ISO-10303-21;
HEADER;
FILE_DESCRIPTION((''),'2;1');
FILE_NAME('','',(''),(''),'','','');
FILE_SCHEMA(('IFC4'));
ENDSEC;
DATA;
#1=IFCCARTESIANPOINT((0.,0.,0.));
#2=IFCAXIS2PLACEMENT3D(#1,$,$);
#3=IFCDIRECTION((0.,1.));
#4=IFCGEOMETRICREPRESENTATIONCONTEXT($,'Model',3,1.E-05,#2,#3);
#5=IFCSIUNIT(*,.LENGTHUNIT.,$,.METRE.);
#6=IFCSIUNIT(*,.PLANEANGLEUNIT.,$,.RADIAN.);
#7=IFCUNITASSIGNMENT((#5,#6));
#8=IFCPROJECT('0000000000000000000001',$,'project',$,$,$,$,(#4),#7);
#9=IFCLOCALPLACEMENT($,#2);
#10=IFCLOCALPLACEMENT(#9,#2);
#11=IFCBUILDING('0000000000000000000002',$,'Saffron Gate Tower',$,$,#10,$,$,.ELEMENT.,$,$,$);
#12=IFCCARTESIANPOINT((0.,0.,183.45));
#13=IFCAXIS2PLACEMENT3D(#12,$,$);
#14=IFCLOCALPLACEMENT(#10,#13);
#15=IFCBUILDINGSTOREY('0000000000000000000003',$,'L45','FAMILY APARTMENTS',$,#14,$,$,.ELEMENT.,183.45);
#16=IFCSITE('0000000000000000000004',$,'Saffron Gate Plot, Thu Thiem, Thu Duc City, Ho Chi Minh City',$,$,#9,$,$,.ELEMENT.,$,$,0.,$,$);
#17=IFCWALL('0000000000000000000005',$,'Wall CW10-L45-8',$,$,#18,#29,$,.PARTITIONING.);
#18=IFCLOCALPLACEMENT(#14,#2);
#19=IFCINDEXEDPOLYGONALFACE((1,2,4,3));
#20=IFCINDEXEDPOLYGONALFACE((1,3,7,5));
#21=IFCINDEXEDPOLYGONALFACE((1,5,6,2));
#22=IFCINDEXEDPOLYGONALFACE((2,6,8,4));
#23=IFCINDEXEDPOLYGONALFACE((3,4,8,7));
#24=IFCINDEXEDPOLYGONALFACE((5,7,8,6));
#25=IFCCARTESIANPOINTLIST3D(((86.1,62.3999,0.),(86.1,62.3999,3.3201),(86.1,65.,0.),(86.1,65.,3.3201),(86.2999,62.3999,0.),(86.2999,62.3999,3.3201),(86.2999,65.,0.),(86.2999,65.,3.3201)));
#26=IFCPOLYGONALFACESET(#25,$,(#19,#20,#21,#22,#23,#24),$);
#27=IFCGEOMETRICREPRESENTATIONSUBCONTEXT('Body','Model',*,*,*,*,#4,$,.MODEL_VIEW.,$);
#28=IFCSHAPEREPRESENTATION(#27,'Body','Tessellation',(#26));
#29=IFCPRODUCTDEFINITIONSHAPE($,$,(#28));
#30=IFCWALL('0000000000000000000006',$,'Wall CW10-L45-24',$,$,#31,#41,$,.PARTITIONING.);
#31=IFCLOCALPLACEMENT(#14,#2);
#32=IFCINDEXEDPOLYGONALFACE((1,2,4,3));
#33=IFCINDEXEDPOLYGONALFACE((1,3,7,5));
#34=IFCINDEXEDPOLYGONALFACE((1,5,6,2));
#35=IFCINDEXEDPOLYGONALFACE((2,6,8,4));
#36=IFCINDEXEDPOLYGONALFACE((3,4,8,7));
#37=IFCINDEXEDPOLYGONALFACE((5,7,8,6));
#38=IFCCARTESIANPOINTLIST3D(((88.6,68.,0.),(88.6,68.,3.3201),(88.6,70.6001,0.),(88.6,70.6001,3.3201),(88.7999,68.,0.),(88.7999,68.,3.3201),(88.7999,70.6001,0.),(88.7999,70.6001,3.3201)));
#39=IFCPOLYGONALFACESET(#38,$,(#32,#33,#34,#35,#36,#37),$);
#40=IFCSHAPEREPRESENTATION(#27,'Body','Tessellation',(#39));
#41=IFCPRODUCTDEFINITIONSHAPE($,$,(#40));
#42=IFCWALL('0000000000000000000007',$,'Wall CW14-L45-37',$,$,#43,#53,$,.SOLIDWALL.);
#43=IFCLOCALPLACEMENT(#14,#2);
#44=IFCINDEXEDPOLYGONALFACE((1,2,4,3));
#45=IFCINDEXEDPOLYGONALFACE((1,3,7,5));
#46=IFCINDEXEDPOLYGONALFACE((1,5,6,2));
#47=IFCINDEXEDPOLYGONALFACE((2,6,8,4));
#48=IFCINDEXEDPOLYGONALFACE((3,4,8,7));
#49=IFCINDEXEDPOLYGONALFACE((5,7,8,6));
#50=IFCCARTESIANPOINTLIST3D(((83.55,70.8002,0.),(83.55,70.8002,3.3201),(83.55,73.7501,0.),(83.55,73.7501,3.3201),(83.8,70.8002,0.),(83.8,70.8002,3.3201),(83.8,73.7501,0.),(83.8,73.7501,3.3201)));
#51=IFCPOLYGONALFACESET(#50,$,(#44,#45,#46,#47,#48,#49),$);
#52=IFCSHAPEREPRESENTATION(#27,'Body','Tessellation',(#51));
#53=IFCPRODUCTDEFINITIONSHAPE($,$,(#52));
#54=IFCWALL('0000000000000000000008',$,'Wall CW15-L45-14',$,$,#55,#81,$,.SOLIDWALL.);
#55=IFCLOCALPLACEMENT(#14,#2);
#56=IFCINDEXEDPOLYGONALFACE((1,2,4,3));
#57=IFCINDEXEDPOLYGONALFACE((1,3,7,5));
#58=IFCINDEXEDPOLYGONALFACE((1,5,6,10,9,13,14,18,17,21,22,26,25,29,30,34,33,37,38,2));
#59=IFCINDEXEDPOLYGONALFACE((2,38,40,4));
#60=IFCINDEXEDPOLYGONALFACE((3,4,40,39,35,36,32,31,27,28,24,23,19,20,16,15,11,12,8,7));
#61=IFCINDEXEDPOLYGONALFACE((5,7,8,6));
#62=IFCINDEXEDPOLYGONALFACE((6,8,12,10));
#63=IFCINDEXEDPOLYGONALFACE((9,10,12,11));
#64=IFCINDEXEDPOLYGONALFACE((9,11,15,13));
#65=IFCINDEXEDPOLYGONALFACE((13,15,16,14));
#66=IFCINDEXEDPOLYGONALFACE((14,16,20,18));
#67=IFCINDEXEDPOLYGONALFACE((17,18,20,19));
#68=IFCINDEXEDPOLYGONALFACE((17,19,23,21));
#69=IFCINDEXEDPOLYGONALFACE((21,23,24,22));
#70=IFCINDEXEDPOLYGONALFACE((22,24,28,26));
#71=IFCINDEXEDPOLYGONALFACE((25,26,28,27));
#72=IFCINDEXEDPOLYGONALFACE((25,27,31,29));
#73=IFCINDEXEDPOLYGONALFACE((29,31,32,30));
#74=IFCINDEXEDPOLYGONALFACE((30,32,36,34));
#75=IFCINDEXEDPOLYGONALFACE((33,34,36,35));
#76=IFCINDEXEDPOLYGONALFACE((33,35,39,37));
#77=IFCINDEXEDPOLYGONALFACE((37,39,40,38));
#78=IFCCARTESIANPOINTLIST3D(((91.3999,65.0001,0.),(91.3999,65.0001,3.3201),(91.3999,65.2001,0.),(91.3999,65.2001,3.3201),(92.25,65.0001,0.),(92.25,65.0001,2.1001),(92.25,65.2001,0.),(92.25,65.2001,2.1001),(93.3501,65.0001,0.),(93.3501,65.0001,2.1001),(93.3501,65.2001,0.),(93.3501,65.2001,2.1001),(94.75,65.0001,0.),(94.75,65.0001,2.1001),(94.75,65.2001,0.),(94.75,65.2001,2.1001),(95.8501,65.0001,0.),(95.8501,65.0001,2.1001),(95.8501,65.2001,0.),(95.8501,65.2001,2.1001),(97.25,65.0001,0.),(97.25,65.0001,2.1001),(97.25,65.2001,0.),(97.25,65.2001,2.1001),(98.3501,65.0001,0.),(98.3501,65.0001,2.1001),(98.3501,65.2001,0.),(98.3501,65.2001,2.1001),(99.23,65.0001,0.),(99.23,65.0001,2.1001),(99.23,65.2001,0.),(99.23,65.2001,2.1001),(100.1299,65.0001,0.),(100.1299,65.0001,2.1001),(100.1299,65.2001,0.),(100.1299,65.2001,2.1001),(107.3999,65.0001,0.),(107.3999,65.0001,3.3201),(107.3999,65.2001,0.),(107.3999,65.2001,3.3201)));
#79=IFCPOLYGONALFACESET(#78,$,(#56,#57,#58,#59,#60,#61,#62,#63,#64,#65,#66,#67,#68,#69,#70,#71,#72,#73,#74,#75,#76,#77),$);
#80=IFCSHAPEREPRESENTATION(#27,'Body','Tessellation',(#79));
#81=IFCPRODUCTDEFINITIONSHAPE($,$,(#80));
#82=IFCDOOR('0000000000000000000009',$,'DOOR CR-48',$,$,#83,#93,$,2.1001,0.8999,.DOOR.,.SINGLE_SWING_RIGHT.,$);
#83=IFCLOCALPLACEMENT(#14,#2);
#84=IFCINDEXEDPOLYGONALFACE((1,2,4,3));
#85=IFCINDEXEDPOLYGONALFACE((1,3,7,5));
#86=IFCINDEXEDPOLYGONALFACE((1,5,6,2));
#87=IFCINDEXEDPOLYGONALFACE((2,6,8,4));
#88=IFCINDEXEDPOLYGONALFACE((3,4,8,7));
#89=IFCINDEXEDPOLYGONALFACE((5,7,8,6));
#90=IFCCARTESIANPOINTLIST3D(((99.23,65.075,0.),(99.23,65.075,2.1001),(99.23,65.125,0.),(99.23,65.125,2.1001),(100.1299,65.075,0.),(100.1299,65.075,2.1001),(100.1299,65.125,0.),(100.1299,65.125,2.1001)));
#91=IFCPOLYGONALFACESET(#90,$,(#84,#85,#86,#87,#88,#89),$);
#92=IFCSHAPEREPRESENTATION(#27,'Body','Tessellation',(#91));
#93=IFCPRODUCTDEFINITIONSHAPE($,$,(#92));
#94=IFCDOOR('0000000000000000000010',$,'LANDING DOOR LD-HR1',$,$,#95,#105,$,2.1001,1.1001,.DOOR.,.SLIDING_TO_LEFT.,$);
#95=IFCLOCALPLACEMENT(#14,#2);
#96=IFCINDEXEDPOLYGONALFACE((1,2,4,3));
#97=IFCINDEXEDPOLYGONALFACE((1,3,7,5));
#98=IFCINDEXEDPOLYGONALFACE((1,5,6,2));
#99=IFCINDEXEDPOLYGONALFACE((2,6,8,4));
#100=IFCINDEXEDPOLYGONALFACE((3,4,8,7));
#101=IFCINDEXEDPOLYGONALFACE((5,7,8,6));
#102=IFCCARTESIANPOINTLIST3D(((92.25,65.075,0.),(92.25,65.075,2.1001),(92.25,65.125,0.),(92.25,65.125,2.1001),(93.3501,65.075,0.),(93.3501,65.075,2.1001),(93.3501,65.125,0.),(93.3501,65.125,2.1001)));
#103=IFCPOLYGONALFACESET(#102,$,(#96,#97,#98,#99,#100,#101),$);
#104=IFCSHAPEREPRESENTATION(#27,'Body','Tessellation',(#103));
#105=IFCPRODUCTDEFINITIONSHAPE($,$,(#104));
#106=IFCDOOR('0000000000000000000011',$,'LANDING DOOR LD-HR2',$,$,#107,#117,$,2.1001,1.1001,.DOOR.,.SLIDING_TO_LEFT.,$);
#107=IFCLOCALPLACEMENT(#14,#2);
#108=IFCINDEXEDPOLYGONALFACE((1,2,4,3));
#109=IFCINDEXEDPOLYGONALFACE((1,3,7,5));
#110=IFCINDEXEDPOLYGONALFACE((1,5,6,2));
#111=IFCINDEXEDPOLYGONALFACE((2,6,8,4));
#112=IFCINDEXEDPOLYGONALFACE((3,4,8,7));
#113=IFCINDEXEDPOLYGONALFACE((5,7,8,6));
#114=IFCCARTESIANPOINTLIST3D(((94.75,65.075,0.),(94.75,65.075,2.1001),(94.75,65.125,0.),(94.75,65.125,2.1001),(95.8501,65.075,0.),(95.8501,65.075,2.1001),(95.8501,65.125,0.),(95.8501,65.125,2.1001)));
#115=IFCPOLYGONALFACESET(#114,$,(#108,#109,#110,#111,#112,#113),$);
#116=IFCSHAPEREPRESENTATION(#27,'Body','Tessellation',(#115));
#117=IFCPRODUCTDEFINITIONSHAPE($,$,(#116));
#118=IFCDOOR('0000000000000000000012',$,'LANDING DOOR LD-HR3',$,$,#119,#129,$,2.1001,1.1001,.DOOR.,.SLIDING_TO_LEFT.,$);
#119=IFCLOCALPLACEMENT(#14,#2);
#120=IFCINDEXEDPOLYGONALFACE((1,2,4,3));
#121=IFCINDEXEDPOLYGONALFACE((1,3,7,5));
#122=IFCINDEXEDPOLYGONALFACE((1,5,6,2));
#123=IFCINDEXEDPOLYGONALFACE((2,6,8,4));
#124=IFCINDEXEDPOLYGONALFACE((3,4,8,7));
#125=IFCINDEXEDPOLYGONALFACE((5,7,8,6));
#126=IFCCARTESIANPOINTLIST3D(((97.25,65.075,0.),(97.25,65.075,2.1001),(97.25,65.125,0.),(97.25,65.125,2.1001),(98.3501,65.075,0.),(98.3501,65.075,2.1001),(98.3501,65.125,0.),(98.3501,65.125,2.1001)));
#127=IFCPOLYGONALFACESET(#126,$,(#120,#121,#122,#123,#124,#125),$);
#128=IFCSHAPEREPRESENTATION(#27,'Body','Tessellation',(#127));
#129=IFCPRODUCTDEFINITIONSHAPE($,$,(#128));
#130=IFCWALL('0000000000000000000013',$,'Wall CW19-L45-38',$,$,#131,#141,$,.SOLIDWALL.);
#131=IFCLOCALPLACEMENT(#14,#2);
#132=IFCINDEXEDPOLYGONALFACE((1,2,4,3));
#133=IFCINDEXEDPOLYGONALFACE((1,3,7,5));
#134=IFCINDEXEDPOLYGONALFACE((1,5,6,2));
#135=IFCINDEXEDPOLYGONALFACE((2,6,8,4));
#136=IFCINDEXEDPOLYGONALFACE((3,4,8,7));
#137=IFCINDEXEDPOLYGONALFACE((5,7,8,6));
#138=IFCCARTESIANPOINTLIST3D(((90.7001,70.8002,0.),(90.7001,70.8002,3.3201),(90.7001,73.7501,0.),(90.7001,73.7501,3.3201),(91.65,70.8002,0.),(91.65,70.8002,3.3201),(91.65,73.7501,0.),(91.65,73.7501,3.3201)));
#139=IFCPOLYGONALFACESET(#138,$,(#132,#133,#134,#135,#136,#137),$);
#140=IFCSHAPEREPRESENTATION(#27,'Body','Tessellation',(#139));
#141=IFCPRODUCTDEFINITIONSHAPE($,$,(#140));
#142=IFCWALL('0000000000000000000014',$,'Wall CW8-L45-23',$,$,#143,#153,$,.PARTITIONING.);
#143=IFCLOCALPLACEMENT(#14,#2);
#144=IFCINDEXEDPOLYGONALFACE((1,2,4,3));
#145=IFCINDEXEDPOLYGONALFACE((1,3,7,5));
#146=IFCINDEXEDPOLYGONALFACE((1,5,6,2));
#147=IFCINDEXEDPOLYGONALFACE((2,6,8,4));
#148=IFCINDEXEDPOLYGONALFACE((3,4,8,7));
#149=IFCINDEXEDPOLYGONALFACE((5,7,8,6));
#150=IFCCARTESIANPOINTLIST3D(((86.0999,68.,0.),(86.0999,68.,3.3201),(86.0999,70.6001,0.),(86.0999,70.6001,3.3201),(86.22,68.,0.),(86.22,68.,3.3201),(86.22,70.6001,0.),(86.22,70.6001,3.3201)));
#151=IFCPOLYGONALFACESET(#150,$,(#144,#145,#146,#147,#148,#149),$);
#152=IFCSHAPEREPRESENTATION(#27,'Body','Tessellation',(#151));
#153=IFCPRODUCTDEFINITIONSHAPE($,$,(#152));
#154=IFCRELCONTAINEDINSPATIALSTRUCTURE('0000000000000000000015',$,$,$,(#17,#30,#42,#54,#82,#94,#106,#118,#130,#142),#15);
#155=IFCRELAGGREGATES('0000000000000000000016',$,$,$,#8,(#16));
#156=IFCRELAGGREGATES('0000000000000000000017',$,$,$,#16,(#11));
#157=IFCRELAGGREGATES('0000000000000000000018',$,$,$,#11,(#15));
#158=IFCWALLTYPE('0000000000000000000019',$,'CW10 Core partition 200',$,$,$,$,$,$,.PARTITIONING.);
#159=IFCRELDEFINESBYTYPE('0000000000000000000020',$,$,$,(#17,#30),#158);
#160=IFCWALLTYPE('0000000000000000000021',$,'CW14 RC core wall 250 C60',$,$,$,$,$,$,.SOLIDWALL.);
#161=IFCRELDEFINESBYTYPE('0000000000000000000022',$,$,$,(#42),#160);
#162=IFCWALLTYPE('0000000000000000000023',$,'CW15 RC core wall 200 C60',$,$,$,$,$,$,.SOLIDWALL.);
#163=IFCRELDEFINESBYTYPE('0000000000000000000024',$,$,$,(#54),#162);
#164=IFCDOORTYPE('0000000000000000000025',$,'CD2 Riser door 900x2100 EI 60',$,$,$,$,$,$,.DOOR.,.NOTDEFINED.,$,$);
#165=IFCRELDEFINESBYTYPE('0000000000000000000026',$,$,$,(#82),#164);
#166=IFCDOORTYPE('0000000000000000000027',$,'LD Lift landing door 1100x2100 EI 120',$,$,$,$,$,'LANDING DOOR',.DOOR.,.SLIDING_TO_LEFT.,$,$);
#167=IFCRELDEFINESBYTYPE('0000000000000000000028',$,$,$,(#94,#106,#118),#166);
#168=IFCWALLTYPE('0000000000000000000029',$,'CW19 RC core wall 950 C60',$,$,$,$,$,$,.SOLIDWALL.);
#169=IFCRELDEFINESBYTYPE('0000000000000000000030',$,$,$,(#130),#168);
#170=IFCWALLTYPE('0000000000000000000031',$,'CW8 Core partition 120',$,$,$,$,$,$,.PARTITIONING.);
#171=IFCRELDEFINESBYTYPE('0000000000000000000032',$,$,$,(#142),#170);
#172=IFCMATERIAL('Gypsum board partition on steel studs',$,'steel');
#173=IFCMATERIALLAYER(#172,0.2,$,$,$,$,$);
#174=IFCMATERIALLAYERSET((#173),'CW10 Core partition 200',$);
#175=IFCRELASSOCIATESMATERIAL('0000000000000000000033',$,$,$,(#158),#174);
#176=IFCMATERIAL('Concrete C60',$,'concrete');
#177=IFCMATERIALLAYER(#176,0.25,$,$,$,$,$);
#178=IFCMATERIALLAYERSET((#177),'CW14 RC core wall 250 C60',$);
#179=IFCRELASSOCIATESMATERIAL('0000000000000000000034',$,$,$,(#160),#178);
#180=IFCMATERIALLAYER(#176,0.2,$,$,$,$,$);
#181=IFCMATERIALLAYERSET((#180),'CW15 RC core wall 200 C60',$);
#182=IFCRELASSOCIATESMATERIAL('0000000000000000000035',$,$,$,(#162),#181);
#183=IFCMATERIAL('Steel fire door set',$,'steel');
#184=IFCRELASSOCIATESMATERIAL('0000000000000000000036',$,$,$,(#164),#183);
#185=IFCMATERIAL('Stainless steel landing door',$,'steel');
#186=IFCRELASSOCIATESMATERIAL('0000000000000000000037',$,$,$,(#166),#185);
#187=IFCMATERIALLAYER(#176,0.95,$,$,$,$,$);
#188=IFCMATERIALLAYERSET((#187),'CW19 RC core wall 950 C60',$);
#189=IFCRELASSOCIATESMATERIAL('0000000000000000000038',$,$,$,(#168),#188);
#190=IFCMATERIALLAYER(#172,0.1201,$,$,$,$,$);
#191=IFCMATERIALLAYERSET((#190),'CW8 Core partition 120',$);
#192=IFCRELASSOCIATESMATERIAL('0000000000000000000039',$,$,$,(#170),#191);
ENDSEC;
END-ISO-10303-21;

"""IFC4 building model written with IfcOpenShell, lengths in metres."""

from ifc_helpers import new_model, si_unit, direction, frame, frame_2d, origin, place, context, subcontext, project, spatial, rectangle, extrude, material, layer, layer_set, type_object, element, fill, save


model = new_model("IFC4")

# Units and contexts
model_context = context("Model", 3, precision=1e-05, world=origin(), true_north=direction((0.0, 1.0)))
body_context = subcontext(model_context, "Body", "Model", "MODEL_VIEW")
ifc_project = project(units=[si_unit("LENGTHUNIT", "METRE"), si_unit("PLANEANGLEUNIT", "RADIAN")], contexts=[model_context])

# Site, building, storey
site_placement = place(None, origin())
site = spatial("IfcSite", under=ifc_project, at=site_placement, Name="Saffron Gate Plot, Thu Thiem, Thu Duc City, Ho Chi Minh City", CompositionType="ELEMENT", RefElevation=0.0)
building_placement = place(site_placement, origin())
building = spatial("IfcBuilding", under=site, at=building_placement, Name="Saffron Gate Tower", CompositionType="ELEMENT")
storey_placement = place(building_placement, frame((0.0, 0.0, 183.45)))
storey = spatial("IfcBuildingStorey", under=building, at=storey_placement, Name="L45", Description="FAMILY APARTMENTS", CompositionType="ELEMENT", Elevation=183.45)

# Walls
ifc_material_1 = material(Name="Gypsum board partition on steel studs", Category="steel")
ifc_layer_1 = layer(ifc_material_1, 0.2)
ifc_layer_set_1 = layer_set([ifc_layer_1], Name="CW10 Core partition 200")
wall_type_1 = type_object("IfcWallType", Name="CW10 Core partition 200", PredefinedType="PARTITIONING", material=ifc_layer_set_1)
for number, where, z_axis, x_axis, name in (
    (1, (86.2, 62.3999, 0.0), (0.0, 0.0, 1.0), (0.0, 1.0, 0.0), "Wall CW10-L45-8"),
    (2, (88.7, 68.0, 0.0), (0.0, 0.0, 1.0), (0.0, 1.0, 0.0), "Wall CW10-L45-24"),
):
    element("IfcWall", number, at=place(storey_placement, frame(where, z_axis=z_axis, x_axis=x_axis)), inside=storey, type_object=wall_type_1, Name=name, PredefinedType="PARTITIONING", context=body_context, shape_type="SweptSolid", body=[
        extrude(rectangle(XDim=2.6001, YDim=0.2, at=frame_2d((1.3, 0.0))), origin(), (0.0, 0.0, 1.0), 3.3201),
    ])
ifc_material_2 = material(Name="Concrete C60", Category="concrete")
ifc_layer_2 = layer(ifc_material_2, 0.25)
ifc_layer_set_2 = layer_set([ifc_layer_2], Name="CW14 RC core wall 250 C60")
wall_type_2 = type_object("IfcWallType", Name="CW14 RC core wall 250 C60", PredefinedType="SOLIDWALL", material=ifc_layer_set_2)
wall_1_placement = place(storey_placement, frame((83.675, 70.8, 0.0), z_axis=(0.0, 0.0, 1.0), x_axis=(0.0, 1.0, 0.0)))
element("IfcWall", 3, at=wall_1_placement, inside=storey, type_object=wall_type_2, Name="Wall CW14-L45-37", PredefinedType="SOLIDWALL", context=body_context, shape_type="SweptSolid", body=[
    extrude(rectangle(XDim=2.95, YDim=0.25, at=frame_2d((1.4751, 0.0))), origin(), (0.0, 0.0, 1.0), 3.3201),
])

# Wall, openings, doors
ifc_layer_3 = layer(ifc_material_2, 0.2)
ifc_layer_set_3 = layer_set([ifc_layer_3], Name="CW15 RC core wall 200 C60")
wall_type_3 = type_object("IfcWallType", Name="CW15 RC core wall 200 C60", PredefinedType="SOLIDWALL", material=ifc_layer_set_3)
wall_2_placement = place(storey_placement, frame((91.3999, 65.1001, 0.0), z_axis=(0.0, 0.0, 1.0), x_axis=(1.0, 0.0, 0.0)))
wall_2 = element("IfcWall", 4, at=wall_2_placement, inside=storey, type_object=wall_type_3, Name="Wall CW15-L45-14", PredefinedType="SOLIDWALL", context=body_context, shape_type="SweptSolid", body=[
    extrude(rectangle(XDim=16.0, YDim=0.2, at=frame_2d((8.0, 0.0))), origin(), (0.0, 0.0, 1.0), 3.3201),
])
opening_1_placement = place(wall_2_placement, frame((0.8501, 0.0, 0.0)))
opening_1 = element("IfcOpeningElement", 5, at=opening_1_placement, cuts=wall_2, PredefinedType="OPENING", context=body_context, shape_type="SweptSolid", body=[
    extrude(rectangle(XDim=1.1001, YDim=2.1001, at=frame_2d((0.55, 1.05))), frame((0.0, 0.1099, 0.0), z_axis=(0.0, -1.0, 0.0), x_axis=(1.0, 0.0, 0.0)), (0.0, 0.0, 1.0), 0.22),
])
opening_2_placement = place(wall_2_placement, frame((3.3501, 0.0, 0.0)))
opening_2 = element("IfcOpeningElement", 6, at=opening_2_placement, cuts=wall_2, PredefinedType="OPENING", context=body_context, shape_type="SweptSolid", body=[
    extrude(rectangle(XDim=1.1001, YDim=2.1001, at=frame_2d((0.55, 1.05))), frame((0.0, 0.1099, 0.0), z_axis=(0.0, -1.0, 0.0), x_axis=(1.0, 0.0, 0.0)), (0.0, 0.0, 1.0), 0.22),
])
opening_3_placement = place(wall_2_placement, frame((5.8501, 0.0, 0.0)))
opening_3 = element("IfcOpeningElement", 7, at=opening_3_placement, cuts=wall_2, PredefinedType="OPENING", context=body_context, shape_type="SweptSolid", body=[
    extrude(rectangle(XDim=1.1001, YDim=2.1001, at=frame_2d((0.55, 1.05))), frame((0.0, 0.1099, 0.0), z_axis=(0.0, -1.0, 0.0), x_axis=(1.0, 0.0, 0.0)), (0.0, 0.0, 1.0), 0.22),
])
opening_4_placement = place(wall_2_placement, frame((7.8301, 0.0, 0.0)))
opening_4 = element("IfcOpeningElement", 8, at=opening_4_placement, cuts=wall_2, PredefinedType="OPENING", context=body_context, shape_type="SweptSolid", body=[
    extrude(rectangle(XDim=0.8999, YDim=2.1001, at=frame_2d((0.45, 1.05))), frame((0.0, 0.1099, 0.0), z_axis=(0.0, -1.0, 0.0), x_axis=(1.0, 0.0, 0.0)), (0.0, 0.0, 1.0), 0.22),
])
ifc_material_3 = material(Name="Steel fire door set", Category="steel")
door_type_1 = type_object("IfcDoorType", Name="CD2 Riser door 900x2100 EI 60", OperationType="NOTDEFINED", PredefinedType="DOOR", material=ifc_material_3)
door_1_placement = place(opening_4_placement, origin())
door_1 = element("IfcDoor", 9, at=door_1_placement, inside=storey, type_object=door_type_1, Name="DOOR CR-48", OperationType="SINGLE_SWING_RIGHT", OverallHeight=2.1001, OverallWidth=0.8999, PredefinedType="DOOR", context=body_context, shape_type="SweptSolid", body=[
    extrude(rectangle(XDim=0.8999, YDim=2.1001, at=frame_2d((0.45, 1.05))), frame((0.0, 0.0249, 0.0), z_axis=(0.0, -1.0, 0.0), x_axis=(1.0, 0.0, 0.0)), (0.0, 0.0, 1.0), 0.05),
])
fill(opening_4, door_1)
ifc_material_4 = material(Name="Stainless steel landing door", Category="steel")
door_type_2 = type_object("IfcDoorType", Name="LD Lift landing door 1100x2100 EI 120", ElementType="LANDING DOOR", OperationType="SLIDING_TO_LEFT", PredefinedType="DOOR", material=ifc_material_4)
door_2_placement = place(opening_1_placement, origin())
door_2 = element("IfcDoor", 10, at=door_2_placement, inside=storey, type_object=door_type_2, Name="LANDING DOOR LD-HR1", OperationType="SLIDING_TO_LEFT", OverallHeight=2.1001, OverallWidth=1.1001, PredefinedType="DOOR", context=body_context, shape_type="SweptSolid", body=[
    extrude(rectangle(XDim=1.1001, YDim=2.1001, at=frame_2d((0.55, 1.05))), frame((0.0, 0.0249, 0.0), z_axis=(0.0, -1.0, 0.0), x_axis=(1.0, 0.0, 0.0)), (0.0, 0.0, 1.0), 0.05),
])
fill(opening_1, door_2)
door_3_placement = place(opening_2_placement, origin())
door_3 = element("IfcDoor", 11, at=door_3_placement, inside=storey, type_object=door_type_2, Name="LANDING DOOR LD-HR2", OperationType="SLIDING_TO_LEFT", OverallHeight=2.1001, OverallWidth=1.1001, PredefinedType="DOOR", context=body_context, shape_type="SweptSolid", body=[
    extrude(rectangle(XDim=1.1001, YDim=2.1001, at=frame_2d((0.55, 1.05))), frame((0.0, 0.0249, 0.0), z_axis=(0.0, -1.0, 0.0), x_axis=(1.0, 0.0, 0.0)), (0.0, 0.0, 1.0), 0.05),
])
fill(opening_2, door_3)
door_4_placement = place(opening_3_placement, origin())
door_4 = element("IfcDoor", 12, at=door_4_placement, inside=storey, type_object=door_type_2, Name="LANDING DOOR LD-HR3", OperationType="SLIDING_TO_LEFT", OverallHeight=2.1001, OverallWidth=1.1001, PredefinedType="DOOR", context=body_context, shape_type="SweptSolid", body=[
    extrude(rectangle(XDim=1.1001, YDim=2.1001, at=frame_2d((0.55, 1.05))), frame((0.0, 0.0249, 0.0), z_axis=(0.0, -1.0, 0.0), x_axis=(1.0, 0.0, 0.0)), (0.0, 0.0, 1.0), 0.05),
])
fill(opening_3, door_4)

# Walls
ifc_layer_4 = layer(ifc_material_2, 0.95)
ifc_layer_set_4 = layer_set([ifc_layer_4], Name="CW19 RC core wall 950 C60")
wall_type_4 = type_object("IfcWallType", Name="CW19 RC core wall 950 C60", PredefinedType="SOLIDWALL", material=ifc_layer_set_4)
wall_3_placement = place(storey_placement, frame((91.175, 70.8, 0.0), z_axis=(0.0, 0.0, 1.0), x_axis=(0.0, 1.0, 0.0)))
element("IfcWall", 13, at=wall_3_placement, inside=storey, type_object=wall_type_4, Name="Wall CW19-L45-38", PredefinedType="SOLIDWALL", context=body_context, shape_type="SweptSolid", body=[
    extrude(rectangle(XDim=2.95, YDim=0.95, at=frame_2d((1.4751, 0.0))), origin(), (0.0, 0.0, 1.0), 3.3201),
])
ifc_layer_5 = layer(ifc_material_1, 0.1201)
ifc_layer_set_5 = layer_set([ifc_layer_5], Name="CW8 Core partition 120")
wall_type_5 = type_object("IfcWallType", Name="CW8 Core partition 120", PredefinedType="PARTITIONING", material=ifc_layer_set_5)
wall_4_placement = place(storey_placement, frame((86.1599, 68.0, 0.0), z_axis=(0.0, 0.0, 1.0), x_axis=(0.0, 1.0, 0.0)))
element("IfcWall", 14, at=wall_4_placement, inside=storey, type_object=wall_type_5, Name="Wall CW8-L45-23", PredefinedType="PARTITIONING", context=body_context, shape_type="SweptSolid", body=[
    extrude(rectangle(XDim=2.6001, YDim=0.1201, at=frame_2d((1.3, 0.0))), origin(), (0.0, 0.0, 1.0), 3.3201),
])

save(model, "model.ifc")
